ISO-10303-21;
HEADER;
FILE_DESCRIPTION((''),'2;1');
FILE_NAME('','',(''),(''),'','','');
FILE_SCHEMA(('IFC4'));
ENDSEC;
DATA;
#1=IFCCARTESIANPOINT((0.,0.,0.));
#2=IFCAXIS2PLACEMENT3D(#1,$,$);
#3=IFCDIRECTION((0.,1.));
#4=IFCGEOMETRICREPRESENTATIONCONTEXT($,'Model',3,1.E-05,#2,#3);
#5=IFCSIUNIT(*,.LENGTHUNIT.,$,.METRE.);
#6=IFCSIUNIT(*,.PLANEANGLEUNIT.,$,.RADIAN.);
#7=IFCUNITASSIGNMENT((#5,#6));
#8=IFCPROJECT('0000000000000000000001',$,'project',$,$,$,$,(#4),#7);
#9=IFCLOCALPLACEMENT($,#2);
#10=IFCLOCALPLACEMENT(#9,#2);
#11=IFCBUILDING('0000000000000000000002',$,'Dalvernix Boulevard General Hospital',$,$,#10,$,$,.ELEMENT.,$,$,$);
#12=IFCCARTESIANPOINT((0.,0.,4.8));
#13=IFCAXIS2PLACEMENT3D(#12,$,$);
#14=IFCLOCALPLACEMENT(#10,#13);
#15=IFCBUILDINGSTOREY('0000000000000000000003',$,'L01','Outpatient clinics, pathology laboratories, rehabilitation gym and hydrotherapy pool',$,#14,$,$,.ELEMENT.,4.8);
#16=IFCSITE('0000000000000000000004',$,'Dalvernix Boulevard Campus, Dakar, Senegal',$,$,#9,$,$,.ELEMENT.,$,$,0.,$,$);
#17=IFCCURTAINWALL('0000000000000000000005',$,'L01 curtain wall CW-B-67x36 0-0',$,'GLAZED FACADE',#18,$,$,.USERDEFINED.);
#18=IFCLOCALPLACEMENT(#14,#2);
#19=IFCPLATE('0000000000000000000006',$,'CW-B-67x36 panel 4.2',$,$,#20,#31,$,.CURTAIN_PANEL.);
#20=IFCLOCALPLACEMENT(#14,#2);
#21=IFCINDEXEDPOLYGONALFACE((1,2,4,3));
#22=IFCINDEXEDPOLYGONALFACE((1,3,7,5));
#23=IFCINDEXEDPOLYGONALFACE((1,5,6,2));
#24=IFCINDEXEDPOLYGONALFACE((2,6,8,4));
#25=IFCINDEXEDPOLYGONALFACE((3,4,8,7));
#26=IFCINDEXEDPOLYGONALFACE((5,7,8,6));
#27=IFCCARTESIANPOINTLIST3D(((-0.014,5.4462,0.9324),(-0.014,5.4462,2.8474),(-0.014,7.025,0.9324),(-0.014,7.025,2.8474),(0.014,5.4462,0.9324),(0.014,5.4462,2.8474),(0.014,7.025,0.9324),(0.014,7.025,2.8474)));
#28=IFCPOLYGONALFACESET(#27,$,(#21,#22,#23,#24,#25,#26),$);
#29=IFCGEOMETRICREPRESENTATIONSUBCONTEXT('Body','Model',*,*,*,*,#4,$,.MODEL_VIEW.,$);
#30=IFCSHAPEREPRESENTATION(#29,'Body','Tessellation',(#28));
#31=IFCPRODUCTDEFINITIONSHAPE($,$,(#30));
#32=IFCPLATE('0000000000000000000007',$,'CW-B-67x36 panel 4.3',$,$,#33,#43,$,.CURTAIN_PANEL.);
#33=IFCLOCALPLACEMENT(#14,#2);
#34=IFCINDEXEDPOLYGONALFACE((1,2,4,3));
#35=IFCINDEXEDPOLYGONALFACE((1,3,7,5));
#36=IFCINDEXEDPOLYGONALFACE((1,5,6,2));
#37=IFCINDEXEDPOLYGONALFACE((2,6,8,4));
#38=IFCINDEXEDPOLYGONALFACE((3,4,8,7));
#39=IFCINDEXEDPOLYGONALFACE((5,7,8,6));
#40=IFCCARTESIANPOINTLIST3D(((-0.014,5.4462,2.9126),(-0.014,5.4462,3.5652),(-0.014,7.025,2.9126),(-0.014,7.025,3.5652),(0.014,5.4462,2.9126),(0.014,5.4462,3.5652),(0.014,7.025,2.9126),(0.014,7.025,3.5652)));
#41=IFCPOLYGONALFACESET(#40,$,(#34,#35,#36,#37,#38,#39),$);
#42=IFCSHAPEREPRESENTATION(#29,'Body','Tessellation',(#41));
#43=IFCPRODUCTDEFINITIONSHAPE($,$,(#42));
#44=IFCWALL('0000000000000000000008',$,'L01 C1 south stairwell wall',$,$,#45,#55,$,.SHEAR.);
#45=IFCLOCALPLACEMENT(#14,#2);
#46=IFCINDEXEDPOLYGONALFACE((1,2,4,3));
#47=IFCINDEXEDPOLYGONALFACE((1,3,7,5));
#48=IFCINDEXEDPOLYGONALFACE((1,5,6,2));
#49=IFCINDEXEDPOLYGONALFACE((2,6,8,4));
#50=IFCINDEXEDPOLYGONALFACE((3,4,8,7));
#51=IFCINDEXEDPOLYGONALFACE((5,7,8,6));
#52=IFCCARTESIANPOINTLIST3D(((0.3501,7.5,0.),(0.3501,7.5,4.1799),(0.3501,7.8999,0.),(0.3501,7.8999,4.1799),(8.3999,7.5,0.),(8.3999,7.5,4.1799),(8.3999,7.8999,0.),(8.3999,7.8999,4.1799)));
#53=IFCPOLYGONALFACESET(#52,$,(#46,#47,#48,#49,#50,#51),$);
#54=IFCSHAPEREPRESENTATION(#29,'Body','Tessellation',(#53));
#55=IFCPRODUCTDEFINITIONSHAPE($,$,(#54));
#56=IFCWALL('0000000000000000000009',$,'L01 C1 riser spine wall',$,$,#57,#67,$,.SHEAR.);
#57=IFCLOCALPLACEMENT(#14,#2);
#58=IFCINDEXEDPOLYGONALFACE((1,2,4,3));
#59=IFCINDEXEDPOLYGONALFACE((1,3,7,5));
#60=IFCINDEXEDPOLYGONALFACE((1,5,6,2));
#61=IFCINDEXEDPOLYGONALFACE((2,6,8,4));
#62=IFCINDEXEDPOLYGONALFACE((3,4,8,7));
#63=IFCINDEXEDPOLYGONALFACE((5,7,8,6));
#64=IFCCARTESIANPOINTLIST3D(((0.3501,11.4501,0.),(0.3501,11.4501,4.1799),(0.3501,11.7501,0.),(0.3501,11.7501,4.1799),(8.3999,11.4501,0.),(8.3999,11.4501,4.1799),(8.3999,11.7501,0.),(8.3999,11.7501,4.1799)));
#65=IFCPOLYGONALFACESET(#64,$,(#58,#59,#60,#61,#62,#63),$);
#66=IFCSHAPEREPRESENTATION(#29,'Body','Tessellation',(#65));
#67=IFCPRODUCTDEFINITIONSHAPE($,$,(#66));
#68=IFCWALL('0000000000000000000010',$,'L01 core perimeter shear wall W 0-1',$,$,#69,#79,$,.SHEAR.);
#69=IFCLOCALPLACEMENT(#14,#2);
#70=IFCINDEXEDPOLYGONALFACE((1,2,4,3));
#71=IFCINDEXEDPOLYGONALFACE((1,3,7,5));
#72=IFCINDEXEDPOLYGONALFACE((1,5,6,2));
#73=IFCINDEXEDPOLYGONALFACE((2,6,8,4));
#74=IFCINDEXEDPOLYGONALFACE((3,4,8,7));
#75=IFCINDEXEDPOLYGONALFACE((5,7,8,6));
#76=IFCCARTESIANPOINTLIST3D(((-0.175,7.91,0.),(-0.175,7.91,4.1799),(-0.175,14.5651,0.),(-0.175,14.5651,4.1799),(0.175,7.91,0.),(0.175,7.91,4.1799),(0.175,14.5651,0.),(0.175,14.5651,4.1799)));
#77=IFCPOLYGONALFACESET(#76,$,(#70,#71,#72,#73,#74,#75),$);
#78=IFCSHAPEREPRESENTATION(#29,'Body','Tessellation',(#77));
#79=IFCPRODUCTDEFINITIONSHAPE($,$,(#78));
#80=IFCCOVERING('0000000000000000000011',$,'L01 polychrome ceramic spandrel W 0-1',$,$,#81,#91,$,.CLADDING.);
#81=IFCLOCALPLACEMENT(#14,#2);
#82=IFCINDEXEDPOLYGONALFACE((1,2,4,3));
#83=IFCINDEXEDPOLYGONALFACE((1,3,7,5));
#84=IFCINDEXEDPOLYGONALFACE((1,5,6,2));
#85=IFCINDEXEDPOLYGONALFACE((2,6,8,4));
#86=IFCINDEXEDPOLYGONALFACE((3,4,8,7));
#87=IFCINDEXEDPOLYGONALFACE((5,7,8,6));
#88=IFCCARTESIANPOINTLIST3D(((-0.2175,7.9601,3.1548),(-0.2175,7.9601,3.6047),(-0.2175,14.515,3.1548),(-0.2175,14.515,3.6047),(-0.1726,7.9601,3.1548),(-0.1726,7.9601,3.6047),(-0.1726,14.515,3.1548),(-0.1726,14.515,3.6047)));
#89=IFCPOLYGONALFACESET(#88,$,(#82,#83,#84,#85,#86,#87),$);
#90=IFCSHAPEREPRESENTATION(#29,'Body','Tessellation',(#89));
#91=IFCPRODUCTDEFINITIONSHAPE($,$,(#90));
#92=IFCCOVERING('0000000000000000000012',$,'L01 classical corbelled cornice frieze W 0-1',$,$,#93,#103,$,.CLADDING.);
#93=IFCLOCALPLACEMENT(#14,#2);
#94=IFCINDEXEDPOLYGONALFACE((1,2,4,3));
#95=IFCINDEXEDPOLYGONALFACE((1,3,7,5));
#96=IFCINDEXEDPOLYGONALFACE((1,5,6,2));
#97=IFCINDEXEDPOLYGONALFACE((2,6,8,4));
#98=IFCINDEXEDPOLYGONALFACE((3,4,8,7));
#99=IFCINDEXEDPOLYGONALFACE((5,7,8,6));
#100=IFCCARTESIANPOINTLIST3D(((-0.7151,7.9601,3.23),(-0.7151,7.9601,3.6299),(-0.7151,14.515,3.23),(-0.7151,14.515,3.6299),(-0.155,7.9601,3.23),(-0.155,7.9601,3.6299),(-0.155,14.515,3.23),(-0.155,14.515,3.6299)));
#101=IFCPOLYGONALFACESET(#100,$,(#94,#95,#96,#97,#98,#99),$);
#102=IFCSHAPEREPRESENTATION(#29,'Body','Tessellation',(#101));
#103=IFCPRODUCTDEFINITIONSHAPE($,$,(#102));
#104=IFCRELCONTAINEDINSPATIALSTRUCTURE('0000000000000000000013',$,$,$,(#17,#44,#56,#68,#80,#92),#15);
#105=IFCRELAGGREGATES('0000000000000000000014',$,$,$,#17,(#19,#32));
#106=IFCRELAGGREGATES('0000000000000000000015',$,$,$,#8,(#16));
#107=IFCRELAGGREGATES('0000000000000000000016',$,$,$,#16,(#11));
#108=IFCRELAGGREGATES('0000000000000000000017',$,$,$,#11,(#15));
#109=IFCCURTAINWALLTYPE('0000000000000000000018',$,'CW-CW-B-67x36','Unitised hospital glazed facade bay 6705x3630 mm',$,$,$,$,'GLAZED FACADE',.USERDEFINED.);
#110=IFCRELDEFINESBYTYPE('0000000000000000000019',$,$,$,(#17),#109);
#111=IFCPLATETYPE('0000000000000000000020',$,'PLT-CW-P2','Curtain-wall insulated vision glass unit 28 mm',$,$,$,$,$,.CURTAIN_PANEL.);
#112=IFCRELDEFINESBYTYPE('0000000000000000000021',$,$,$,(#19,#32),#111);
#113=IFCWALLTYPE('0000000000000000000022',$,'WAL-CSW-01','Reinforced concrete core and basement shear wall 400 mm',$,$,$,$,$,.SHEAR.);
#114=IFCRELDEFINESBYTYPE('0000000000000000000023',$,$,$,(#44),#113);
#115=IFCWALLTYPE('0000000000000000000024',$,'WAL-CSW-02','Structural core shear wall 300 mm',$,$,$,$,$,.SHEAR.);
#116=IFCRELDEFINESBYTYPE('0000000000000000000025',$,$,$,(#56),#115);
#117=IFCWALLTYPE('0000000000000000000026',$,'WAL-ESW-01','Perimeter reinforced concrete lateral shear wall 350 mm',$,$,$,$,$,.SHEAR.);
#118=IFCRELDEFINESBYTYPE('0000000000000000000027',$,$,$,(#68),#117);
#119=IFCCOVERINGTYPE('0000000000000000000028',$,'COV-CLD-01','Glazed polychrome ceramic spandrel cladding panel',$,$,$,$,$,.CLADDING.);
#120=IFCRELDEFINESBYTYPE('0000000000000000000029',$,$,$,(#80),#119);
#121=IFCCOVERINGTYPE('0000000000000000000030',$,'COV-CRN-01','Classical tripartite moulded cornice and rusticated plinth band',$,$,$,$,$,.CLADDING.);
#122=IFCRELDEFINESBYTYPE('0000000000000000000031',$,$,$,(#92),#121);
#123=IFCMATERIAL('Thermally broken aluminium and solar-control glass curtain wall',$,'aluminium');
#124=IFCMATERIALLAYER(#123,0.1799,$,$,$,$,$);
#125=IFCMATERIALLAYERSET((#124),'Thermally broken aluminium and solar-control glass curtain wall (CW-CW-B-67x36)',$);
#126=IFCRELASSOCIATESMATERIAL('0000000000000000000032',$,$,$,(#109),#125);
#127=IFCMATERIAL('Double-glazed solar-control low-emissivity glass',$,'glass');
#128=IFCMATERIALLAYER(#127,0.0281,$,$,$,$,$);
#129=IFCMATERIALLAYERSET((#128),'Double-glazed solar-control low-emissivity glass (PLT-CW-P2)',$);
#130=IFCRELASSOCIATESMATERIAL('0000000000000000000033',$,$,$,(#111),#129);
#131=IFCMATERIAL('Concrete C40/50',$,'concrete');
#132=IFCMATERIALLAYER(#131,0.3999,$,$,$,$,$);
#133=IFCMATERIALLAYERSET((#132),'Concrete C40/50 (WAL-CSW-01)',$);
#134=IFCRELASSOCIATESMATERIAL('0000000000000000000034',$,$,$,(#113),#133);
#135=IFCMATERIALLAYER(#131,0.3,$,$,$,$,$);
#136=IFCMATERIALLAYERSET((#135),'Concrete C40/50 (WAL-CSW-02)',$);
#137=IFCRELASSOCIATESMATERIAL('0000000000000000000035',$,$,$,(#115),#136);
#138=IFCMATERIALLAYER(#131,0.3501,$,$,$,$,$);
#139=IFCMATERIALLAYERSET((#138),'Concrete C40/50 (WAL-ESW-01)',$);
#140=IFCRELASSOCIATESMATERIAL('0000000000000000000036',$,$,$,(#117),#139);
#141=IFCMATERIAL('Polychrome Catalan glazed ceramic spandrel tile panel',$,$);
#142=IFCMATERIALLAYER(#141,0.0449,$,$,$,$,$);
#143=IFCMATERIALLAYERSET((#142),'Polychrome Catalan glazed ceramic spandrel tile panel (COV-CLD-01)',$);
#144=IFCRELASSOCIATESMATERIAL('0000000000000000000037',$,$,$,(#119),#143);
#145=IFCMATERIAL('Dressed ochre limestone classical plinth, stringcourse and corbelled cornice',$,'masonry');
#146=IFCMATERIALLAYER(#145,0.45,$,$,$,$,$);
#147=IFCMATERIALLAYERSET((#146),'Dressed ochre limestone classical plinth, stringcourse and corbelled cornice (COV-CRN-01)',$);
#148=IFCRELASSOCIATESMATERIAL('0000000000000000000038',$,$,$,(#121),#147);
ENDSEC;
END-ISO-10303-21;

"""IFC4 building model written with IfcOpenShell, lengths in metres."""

from ifc_helpers import new_model, si_unit, direction, frame, frame_2d, origin, origin_2d, place, context, subcontext, project, spatial, rectangle, extrude, material, layer, layer_set, type_object, element, aggregate, save


model = new_model("IFC4")

# Units and contexts
model_context = context("Model", 3, precision=1e-05, world=origin(), true_north=direction((0.0, 1.0)))
body_context = subcontext(model_context, "Body", "Model", "MODEL_VIEW")
ifc_project = project(units=[si_unit("LENGTHUNIT", "METRE"), si_unit("PLANEANGLEUNIT", "RADIAN")], contexts=[model_context])

# Site, building, storey
site_placement = place(None, origin())
site = spatial("IfcSite", under=ifc_project, at=site_placement, Name="Dalvernix Boulevard Campus, Dakar, Senegal", CompositionType="ELEMENT", RefElevation=0.0)
building_placement = place(site_placement, origin())
building = spatial("IfcBuilding", under=site, at=building_placement, Name="Dalvernix Boulevard General Hospital", CompositionType="ELEMENT")
storey_placement = place(building_placement, frame((0.0, 0.0, 4.8)))
storey = spatial("IfcBuildingStorey", under=building, at=storey_placement, Name="L01", Description="Outpatient clinics, pathology laboratories, rehabilitation gym and hydrotherapy pool", CompositionType="ELEMENT", Elevation=4.8)

# Shared definitions
ifc_material_1 = material(Name="Concrete C40/50", Category="concrete")

# Curtain wall, plates
ifc_material_2 = material(Name="Thermally broken aluminium and solar-control glass curtain wall", Category="aluminium")
ifc_layer_1 = layer(ifc_material_2, 0.1799)
ifc_layer_set_1 = layer_set([ifc_layer_1], Name="Thermally broken aluminium and solar-control glass curtain wall (CW-CW-B-67x36)")
curtain_wall_type = type_object("IfcCurtainWallType", Name="CW-CW-B-67x36", Description="Unitised hospital glazed facade bay 6705x3630 mm", ElementType="GLAZED FACADE", PredefinedType="USERDEFINED", material=ifc_layer_set_1)
curtain_wall_placement = place(storey_placement, origin())
curtain_wall = element("IfcCurtainWall", 1, at=curtain_wall_placement, inside=storey, type_object=curtain_wall_type, Name="L01 curtain wall CW-B-67x36 0-0", ObjectType="GLAZED FACADE", PredefinedType="USERDEFINED")
ifc_material_3 = material(Name="Double-glazed solar-control low-emissivity glass", Category="glass")
ifc_layer_2 = layer(ifc_material_3, 0.0281)
ifc_layer_set_2 = layer_set([ifc_layer_2], Name="Double-glazed solar-control low-emissivity glass (PLT-CW-P2)")
plate_type = type_object("IfcPlateType", Name="PLT-CW-P2", Description="Curtain-wall insulated vision glass unit 28 mm", PredefinedType="CURTAIN_PANEL", material=ifc_layer_set_2)
plate_1_placement = place(storey_placement, frame((0.0, 6.2356, 0.9324), z_axis=(0.0, 0.0, 1.0), x_axis=(0.0, 1.0, 0.0)))
plate_1 = element("IfcPlate", 2, at=plate_1_placement, type_object=plate_type, Name="CW-B-67x36 panel 4.2", PredefinedType="CURTAIN_PANEL", context=body_context, shape_type="SweptSolid", body=[
    extrude(rectangle(XDim=1.5789, YDim=0.0281, at=origin_2d()), origin(), (0.0, 0.0, 1.0), 1.915),
])
plate_2_placement = place(storey_placement, frame((0.0, 6.2356, 2.9126), z_axis=(0.0, 0.0, 1.0), x_axis=(0.0, 1.0, 0.0)))
plate_2 = element("IfcPlate", 3, at=plate_2_placement, type_object=plate_type, Name="CW-B-67x36 panel 4.3", PredefinedType="CURTAIN_PANEL", context=body_context, shape_type="SweptSolid", body=[
    extrude(rectangle(XDim=1.5789, YDim=0.0281, at=origin_2d()), origin(), (0.0, 0.0, 1.0), 0.6526),
])
aggregate(curtain_wall, [plate_1, plate_2])

# Walls
ifc_layer_3 = layer(ifc_material_1, 0.3999)
ifc_layer_set_3 = layer_set([ifc_layer_3], Name="Concrete C40/50 (WAL-CSW-01)")
wall_type_1 = type_object("IfcWallType", Name="WAL-CSW-01", Description="Reinforced concrete core and basement shear wall 400 mm", PredefinedType="SHEAR", material=ifc_layer_set_3)
wall_1_placement = place(storey_placement, frame((0.3501, 7.7, 0.0), z_axis=(0.0, 0.0, 1.0), x_axis=(1.0, 0.0, 0.0)))
element("IfcWall", 4, at=wall_1_placement, inside=storey, type_object=wall_type_1, Name="L01 C1 south stairwell wall", PredefinedType="SHEAR", context=body_context, shape_type="SweptSolid", body=[
    extrude(rectangle(XDim=8.0498, YDim=0.3999, at=frame_2d((4.0249, 0.0))), origin(), (0.0, 0.0, 1.0), 4.1799),
])
ifc_layer_4 = layer(ifc_material_1, 0.3)
ifc_layer_set_4 = layer_set([ifc_layer_4], Name="Concrete C40/50 (WAL-CSW-02)")
wall_type_2 = type_object("IfcWallType", Name="WAL-CSW-02", Description="Structural core shear wall 300 mm", PredefinedType="SHEAR", material=ifc_layer_set_4)
wall_2_placement = place(storey_placement, frame((0.3501, 11.6001, 0.0), z_axis=(0.0, 0.0, 1.0), x_axis=(1.0, 0.0, 0.0)))
element("IfcWall", 5, at=wall_2_placement, inside=storey, type_object=wall_type_2, Name="L01 C1 riser spine wall", PredefinedType="SHEAR", context=body_context, shape_type="SweptSolid", body=[
    extrude(rectangle(XDim=8.0498, YDim=0.3, at=frame_2d((4.0249, 0.0))), origin(), (0.0, 0.0, 1.0), 4.1799),
])
ifc_layer_5 = layer(ifc_material_1, 0.3501)
ifc_layer_set_5 = layer_set([ifc_layer_5], Name="Concrete C40/50 (WAL-ESW-01)")
wall_type_3 = type_object("IfcWallType", Name="WAL-ESW-01", Description="Perimeter reinforced concrete lateral shear wall 350 mm", PredefinedType="SHEAR", material=ifc_layer_set_5)
wall_3_placement = place(storey_placement, frame((0.0, 7.9099, 0.0), z_axis=(0.0, 0.0, 1.0), x_axis=(0.0, 1.0, 0.0)))
element("IfcWall", 6, at=wall_3_placement, inside=storey, type_object=wall_type_3, Name="L01 core perimeter shear wall W 0-1", PredefinedType="SHEAR", context=body_context, shape_type="SweptSolid", body=[
    extrude(rectangle(XDim=6.655, YDim=0.3501, at=frame_2d((3.3276, 0.0))), origin(), (0.0, 0.0, 1.0), 4.1799),
])

# Coverings
ifc_material_4 = material(Name="Polychrome Catalan glazed ceramic spandrel tile panel")
ifc_layer_6 = layer(ifc_material_4, 0.0449)
ifc_layer_set_6 = layer_set([ifc_layer_6], Name="Polychrome Catalan glazed ceramic spandrel tile panel (COV-CLD-01)")
covering_type_1 = type_object("IfcCoveringType", Name="COV-CLD-01", Description="Glazed polychrome ceramic spandrel cladding panel", PredefinedType="CLADDING", material=ifc_layer_set_6)
covering_1_placement = place(storey_placement, frame((-0.1951, 11.2375, 3.1548), z_axis=(0.0, 0.0, 1.0), x_axis=(0.0, 1.0, 0.0)))
element("IfcCovering", 7, at=covering_1_placement, inside=storey, type_object=covering_type_1, Name="L01 polychrome ceramic spandrel W 0-1", PredefinedType="CLADDING", context=body_context, shape_type="SweptSolid", body=[
    extrude(rectangle(XDim=6.5549, YDim=0.0449, at=origin_2d()), origin(), (0.0, 0.0, 1.0), 0.45),
])
ifc_material_5 = material(Name="Dressed ochre limestone classical plinth, stringcourse and corbelled cornice", Category="masonry")
ifc_layer_7 = layer(ifc_material_5, 0.45)
ifc_layer_set_7 = layer_set([ifc_layer_7], Name="Dressed ochre limestone classical plinth, stringcourse and corbelled cornice (COV-CRN-01)")
covering_type_2 = type_object("IfcCoveringType", Name="COV-CRN-01", Description="Classical tripartite moulded cornice and rusticated plinth band", PredefinedType="CLADDING", material=ifc_layer_set_7)
covering_2_placement = place(storey_placement, frame((-0.4351, 11.2375, 3.23), z_axis=(0.0, 0.0, 1.0), x_axis=(0.0, 1.0, 0.0)))
element("IfcCovering", 8, at=covering_2_placement, inside=storey, type_object=covering_type_2, Name="L01 classical corbelled cornice frieze W 0-1", PredefinedType="CLADDING", context=body_context, shape_type="SweptSolid", body=[
    extrude(rectangle(XDim=6.5549, YDim=0.5601, at=origin_2d()), origin(), (0.0, 0.0, 1.0), 0.3999),
])

save(model, "model.ifc")
